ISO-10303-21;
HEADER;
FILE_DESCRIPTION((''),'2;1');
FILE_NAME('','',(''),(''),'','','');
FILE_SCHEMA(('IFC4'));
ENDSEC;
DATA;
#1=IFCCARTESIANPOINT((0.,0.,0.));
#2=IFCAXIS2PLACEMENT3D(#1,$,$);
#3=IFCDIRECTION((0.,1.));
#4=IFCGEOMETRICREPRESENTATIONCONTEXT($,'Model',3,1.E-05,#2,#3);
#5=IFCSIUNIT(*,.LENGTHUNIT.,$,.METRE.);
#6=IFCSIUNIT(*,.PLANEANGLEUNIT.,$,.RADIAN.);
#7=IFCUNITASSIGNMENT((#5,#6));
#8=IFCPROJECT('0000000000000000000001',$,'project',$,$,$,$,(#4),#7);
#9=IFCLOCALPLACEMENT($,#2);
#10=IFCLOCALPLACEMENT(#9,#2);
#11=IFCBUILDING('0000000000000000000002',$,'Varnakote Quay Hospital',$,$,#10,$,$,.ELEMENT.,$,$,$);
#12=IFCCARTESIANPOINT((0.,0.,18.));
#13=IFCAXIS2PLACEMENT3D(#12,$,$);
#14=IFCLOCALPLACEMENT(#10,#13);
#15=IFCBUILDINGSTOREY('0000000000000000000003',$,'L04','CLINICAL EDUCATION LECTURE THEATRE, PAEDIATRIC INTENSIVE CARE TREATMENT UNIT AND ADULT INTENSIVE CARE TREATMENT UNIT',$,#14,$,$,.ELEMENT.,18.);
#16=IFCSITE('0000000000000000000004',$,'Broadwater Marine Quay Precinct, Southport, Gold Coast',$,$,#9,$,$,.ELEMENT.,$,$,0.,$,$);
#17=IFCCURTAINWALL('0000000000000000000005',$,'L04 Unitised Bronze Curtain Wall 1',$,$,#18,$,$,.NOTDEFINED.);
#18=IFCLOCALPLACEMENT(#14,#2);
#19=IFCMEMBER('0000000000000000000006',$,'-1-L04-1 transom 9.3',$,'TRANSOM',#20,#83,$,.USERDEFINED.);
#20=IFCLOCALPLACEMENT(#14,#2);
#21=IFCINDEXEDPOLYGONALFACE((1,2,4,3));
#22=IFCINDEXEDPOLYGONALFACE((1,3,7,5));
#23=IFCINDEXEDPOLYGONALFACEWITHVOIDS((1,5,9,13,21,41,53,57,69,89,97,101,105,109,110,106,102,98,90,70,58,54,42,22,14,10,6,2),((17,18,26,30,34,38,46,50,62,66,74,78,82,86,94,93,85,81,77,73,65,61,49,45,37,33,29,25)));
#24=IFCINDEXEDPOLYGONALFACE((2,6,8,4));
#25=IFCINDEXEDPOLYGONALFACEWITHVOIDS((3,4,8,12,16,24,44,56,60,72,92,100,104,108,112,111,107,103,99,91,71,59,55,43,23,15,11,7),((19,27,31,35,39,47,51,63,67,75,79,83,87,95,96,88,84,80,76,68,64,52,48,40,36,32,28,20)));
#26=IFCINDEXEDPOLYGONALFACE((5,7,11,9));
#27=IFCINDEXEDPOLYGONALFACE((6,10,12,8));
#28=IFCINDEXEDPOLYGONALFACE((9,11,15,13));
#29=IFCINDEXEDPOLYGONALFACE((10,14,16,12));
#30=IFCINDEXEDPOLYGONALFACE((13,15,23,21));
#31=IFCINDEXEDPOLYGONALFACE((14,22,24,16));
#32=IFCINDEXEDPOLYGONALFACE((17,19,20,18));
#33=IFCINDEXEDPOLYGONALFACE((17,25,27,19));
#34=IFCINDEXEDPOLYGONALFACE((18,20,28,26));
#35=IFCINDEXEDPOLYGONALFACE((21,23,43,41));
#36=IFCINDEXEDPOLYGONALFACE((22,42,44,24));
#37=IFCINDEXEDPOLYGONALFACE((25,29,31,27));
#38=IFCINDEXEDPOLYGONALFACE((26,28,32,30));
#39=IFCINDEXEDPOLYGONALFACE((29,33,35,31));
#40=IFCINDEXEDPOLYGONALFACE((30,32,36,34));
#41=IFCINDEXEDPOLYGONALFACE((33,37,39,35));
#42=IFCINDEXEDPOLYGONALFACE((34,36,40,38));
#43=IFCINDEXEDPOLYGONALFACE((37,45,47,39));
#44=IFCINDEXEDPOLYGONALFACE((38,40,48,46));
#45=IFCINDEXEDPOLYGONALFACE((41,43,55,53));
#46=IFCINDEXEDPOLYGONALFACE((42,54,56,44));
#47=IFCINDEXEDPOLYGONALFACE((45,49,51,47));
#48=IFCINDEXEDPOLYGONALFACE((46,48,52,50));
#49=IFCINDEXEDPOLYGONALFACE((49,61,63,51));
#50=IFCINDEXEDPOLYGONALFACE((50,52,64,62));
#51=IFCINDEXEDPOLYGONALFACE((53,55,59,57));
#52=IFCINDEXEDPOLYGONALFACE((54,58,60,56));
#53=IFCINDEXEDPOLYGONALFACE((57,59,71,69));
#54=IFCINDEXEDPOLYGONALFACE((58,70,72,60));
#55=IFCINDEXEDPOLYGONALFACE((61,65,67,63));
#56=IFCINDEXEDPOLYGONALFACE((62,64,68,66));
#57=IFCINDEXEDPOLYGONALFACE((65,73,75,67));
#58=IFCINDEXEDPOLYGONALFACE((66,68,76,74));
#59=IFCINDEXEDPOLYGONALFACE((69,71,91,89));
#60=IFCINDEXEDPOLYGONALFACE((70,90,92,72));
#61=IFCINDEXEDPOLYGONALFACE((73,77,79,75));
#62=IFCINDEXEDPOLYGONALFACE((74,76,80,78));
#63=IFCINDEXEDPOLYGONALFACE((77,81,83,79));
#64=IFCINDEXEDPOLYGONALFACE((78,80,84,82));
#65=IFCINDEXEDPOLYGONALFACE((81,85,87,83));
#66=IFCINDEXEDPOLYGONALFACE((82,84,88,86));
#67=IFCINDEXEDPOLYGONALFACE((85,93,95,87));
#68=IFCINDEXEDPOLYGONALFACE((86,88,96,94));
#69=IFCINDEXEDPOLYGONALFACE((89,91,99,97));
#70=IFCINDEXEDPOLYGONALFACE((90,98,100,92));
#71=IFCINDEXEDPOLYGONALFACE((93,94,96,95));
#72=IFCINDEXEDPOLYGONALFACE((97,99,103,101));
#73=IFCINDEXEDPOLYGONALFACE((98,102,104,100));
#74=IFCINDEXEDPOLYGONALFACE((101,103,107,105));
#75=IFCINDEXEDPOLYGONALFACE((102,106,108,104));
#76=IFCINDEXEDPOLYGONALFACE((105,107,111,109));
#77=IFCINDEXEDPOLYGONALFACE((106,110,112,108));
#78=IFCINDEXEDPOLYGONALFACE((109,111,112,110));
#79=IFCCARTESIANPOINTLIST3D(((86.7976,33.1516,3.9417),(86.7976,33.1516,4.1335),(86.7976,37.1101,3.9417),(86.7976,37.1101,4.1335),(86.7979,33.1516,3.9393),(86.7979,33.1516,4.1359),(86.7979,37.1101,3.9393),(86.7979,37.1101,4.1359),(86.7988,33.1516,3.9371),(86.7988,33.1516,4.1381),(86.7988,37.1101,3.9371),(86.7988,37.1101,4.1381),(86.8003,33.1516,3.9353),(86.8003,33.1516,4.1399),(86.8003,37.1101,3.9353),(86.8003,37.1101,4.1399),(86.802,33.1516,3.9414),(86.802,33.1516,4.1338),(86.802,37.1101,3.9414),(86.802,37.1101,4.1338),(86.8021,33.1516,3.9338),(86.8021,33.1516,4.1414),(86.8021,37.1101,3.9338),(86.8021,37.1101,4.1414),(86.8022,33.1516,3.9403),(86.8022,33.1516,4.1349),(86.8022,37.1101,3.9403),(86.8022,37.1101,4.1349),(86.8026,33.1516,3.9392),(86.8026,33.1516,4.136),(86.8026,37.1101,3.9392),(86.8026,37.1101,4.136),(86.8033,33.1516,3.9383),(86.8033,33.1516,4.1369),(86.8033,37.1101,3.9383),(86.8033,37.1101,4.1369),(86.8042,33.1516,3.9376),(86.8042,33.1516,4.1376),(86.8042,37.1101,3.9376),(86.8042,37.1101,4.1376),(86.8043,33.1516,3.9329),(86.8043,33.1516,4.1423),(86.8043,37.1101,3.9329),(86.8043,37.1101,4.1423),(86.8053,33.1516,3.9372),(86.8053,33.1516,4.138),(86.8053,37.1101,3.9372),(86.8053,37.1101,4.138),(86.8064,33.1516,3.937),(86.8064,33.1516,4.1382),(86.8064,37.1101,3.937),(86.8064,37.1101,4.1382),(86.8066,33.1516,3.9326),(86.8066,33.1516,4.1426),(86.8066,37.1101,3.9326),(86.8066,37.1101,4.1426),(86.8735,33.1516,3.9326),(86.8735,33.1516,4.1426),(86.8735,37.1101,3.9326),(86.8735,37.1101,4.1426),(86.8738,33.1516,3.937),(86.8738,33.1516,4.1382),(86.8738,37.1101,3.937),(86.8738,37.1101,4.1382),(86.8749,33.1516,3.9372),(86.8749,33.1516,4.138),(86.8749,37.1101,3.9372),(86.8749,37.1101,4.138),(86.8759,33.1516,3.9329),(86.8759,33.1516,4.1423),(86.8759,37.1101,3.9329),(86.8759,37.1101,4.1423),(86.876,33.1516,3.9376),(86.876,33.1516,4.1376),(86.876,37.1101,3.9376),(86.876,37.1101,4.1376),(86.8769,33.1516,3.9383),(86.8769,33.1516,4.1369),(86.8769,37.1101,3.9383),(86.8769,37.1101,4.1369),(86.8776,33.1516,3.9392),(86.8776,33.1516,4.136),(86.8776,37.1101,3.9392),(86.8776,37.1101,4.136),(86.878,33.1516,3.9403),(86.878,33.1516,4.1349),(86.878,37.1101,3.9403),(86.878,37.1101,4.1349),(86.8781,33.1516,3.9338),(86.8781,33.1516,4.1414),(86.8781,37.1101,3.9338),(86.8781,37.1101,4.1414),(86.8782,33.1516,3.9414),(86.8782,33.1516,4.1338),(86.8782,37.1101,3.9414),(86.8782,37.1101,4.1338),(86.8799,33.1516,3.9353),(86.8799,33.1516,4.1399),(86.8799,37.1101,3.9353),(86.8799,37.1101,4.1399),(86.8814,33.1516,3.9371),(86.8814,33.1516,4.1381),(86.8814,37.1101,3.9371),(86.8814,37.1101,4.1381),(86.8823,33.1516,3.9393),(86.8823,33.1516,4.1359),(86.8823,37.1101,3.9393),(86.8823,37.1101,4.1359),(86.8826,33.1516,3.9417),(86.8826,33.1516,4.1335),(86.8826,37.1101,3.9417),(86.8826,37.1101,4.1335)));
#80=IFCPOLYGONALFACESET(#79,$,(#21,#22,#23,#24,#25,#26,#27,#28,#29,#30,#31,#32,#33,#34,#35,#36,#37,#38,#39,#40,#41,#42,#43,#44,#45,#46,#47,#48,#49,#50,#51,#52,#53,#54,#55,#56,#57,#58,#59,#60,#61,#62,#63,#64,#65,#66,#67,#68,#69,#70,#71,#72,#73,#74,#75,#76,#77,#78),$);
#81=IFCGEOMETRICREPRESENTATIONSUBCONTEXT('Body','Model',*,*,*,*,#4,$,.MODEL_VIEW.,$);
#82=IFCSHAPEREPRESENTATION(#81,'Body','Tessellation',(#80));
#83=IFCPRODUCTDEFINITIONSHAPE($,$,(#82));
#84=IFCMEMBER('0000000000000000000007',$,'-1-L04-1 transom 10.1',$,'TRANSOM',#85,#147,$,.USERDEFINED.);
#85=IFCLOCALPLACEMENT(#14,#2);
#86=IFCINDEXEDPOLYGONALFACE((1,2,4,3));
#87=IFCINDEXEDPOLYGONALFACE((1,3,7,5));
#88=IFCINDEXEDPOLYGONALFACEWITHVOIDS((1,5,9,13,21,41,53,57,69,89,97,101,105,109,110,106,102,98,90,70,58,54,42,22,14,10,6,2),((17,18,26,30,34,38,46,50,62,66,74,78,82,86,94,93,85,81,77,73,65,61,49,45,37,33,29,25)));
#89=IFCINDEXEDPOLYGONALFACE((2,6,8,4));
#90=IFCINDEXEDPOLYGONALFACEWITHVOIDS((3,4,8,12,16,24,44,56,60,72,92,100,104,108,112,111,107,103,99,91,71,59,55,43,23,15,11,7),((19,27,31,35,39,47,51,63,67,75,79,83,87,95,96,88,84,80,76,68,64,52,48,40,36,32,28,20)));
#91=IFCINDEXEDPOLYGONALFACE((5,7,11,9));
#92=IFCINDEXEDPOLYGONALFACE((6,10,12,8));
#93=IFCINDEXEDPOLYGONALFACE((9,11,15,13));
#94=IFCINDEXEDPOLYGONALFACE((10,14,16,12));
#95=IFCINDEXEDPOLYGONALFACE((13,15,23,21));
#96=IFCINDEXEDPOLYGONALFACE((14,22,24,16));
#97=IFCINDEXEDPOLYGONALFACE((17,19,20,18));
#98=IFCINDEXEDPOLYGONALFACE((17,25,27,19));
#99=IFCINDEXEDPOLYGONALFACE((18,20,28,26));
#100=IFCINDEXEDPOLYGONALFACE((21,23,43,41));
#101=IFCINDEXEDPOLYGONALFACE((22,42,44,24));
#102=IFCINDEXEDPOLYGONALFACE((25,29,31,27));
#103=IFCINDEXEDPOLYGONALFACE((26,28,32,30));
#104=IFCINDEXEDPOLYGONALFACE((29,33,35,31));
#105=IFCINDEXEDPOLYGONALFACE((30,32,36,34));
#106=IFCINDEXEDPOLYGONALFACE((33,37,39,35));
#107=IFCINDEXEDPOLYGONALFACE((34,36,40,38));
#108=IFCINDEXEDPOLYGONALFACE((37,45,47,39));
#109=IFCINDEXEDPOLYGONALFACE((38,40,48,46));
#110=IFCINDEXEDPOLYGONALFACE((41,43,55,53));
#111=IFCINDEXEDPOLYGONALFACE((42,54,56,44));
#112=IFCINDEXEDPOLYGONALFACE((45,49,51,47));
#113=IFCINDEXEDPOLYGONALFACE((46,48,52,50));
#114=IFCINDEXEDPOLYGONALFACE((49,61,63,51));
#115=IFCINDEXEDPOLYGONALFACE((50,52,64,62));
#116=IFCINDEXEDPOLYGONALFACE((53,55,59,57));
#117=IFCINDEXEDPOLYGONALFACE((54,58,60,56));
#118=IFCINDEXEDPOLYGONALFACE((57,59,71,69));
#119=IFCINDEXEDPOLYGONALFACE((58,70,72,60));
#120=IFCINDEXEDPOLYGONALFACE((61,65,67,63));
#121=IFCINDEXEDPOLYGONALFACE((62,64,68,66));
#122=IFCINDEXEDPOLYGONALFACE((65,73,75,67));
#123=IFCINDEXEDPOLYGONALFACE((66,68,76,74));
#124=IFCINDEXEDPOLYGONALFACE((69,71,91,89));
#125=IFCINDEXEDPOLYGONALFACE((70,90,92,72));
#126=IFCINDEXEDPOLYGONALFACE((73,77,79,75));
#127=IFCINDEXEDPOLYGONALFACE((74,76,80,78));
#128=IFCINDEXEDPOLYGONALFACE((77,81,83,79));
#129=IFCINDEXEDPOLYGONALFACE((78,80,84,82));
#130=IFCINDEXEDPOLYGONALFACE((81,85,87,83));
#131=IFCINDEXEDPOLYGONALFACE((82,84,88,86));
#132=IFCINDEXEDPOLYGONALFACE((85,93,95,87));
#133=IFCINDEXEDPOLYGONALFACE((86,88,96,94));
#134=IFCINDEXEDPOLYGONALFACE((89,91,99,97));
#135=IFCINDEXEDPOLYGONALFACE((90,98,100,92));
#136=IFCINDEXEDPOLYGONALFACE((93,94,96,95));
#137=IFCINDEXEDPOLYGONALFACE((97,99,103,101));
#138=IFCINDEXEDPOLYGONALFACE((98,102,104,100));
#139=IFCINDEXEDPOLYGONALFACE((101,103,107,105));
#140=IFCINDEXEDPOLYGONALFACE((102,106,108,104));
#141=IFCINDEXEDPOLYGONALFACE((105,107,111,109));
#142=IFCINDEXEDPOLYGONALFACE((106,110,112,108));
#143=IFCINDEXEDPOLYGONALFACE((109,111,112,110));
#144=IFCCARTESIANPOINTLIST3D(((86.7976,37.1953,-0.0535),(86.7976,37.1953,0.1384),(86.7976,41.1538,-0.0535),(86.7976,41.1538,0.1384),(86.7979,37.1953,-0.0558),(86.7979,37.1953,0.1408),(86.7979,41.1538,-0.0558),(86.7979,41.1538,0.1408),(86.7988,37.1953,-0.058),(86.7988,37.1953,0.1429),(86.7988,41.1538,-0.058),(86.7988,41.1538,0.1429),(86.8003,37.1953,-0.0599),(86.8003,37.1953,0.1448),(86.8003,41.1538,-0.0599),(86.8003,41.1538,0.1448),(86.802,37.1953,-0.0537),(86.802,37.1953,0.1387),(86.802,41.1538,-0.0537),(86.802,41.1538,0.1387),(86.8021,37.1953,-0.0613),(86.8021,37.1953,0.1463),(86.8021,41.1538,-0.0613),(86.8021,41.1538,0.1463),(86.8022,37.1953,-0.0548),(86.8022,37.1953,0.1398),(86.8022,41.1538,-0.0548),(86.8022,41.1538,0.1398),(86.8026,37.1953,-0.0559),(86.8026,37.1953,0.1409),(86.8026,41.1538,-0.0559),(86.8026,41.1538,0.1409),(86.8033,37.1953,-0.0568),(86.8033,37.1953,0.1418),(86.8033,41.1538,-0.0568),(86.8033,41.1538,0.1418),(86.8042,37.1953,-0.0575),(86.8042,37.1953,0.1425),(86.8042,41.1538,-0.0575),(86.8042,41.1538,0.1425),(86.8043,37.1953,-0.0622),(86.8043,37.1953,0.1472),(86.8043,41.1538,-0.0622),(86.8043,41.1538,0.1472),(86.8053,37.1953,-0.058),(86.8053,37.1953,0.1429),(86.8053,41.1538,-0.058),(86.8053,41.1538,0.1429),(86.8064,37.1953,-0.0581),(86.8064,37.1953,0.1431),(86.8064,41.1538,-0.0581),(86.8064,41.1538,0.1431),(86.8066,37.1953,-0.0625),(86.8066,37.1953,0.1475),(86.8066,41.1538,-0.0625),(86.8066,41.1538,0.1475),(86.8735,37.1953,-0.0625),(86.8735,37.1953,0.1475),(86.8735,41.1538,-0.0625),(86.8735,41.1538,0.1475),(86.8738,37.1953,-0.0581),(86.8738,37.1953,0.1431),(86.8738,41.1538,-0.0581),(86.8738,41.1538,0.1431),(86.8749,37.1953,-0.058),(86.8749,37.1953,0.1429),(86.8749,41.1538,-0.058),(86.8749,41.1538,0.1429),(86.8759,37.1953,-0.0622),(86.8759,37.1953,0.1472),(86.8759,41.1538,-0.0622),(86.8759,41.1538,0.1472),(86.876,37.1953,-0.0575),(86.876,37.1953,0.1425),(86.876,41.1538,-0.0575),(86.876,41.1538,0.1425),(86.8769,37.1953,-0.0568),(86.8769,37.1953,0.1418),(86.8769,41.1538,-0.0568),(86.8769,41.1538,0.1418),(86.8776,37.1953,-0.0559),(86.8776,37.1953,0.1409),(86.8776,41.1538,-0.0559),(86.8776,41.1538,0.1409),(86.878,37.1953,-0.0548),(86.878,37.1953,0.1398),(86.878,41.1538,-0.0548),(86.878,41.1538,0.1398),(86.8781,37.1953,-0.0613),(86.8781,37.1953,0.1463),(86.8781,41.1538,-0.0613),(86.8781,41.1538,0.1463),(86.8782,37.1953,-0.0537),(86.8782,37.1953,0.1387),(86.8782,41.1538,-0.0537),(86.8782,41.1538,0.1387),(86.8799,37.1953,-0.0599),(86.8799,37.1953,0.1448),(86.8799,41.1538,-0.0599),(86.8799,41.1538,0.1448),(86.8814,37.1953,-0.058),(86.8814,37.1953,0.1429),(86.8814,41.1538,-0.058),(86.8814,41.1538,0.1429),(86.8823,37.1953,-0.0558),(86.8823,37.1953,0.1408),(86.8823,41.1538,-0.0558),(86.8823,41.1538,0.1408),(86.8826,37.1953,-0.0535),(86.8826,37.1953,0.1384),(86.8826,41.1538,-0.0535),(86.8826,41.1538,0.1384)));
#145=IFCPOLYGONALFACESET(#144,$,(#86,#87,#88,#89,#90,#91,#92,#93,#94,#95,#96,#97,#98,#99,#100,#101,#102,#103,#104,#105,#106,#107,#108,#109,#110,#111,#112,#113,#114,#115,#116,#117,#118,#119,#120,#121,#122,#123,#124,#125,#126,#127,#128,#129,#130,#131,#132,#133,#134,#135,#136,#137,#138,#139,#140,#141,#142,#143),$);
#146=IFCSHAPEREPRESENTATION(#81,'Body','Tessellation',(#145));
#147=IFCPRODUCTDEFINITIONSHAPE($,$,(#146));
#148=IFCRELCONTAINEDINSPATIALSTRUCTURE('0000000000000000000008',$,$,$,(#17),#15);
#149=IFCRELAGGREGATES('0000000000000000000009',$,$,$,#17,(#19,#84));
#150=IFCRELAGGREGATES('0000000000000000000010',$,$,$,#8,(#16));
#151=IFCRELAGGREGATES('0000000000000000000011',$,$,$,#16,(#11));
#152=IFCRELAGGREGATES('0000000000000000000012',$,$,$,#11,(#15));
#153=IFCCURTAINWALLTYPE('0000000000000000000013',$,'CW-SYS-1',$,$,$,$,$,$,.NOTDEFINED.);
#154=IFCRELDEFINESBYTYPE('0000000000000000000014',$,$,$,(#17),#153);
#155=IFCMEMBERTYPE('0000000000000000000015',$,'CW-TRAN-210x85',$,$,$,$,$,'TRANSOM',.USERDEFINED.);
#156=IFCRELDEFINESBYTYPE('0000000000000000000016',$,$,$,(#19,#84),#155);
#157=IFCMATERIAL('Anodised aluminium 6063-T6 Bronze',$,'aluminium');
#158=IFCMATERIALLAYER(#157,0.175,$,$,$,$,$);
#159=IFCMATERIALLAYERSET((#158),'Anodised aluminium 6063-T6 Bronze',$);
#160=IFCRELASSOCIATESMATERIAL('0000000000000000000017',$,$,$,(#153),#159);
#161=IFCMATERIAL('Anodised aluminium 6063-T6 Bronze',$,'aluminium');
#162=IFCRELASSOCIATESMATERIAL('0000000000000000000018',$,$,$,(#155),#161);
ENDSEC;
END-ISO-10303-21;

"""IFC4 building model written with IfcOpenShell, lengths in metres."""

from ifc_helpers import new_model, si_unit, direction, frame, origin, origin_2d, place, context, subcontext, project, spatial, hollow_rectangle, extrude, material, layer, layer_set, material_profile, profile_set, type_object, element, aggregate, save


model = new_model("IFC4")

# Units and contexts
model_context = context("Model", 3, precision=1e-05, world=origin(), true_north=direction((0.0, 1.0)))
body_context = subcontext(model_context, "Body", "Model", "MODEL_VIEW")
ifc_project = project(units=[si_unit("LENGTHUNIT", "METRE"), si_unit("PLANEANGLEUNIT", "RADIAN")], contexts=[model_context])

# Site, building, storey
site_placement = place(None, origin())
site = spatial("IfcSite", under=ifc_project, at=site_placement, Name="Broadwater Marine Quay Precinct, Southport, Gold Coast", CompositionType="ELEMENT", RefElevation=0.0)
building_placement = place(site_placement, origin())
building = spatial("IfcBuilding", under=site, at=building_placement, Name="Varnakote Quay Hospital", CompositionType="ELEMENT")
storey_placement = place(building_placement, frame((0.0, 0.0, 18.0)))
storey = spatial("IfcBuildingStorey", under=building, at=storey_placement, Name="L04", Description="CLINICAL EDUCATION LECTURE THEATRE, PAEDIATRIC INTENSIVE CARE TREATMENT UNIT AND ADULT INTENSIVE CARE TREATMENT UNIT", CompositionType="ELEMENT", Elevation=18.0)

# Curtain wall, members
ifc_material_1 = material(Name="Anodised aluminium 6063-T6 Bronze", Category="aluminium")
ifc_layer_1 = layer(ifc_material_1, 0.175)
ifc_layer_set_1 = layer_set([ifc_layer_1], Name="Anodised aluminium 6063-T6 Bronze")
curtain_wall_type = type_object("IfcCurtainWallType", Name="CW-SYS-1", PredefinedType="NOTDEFINED", material=ifc_layer_set_1)
curtain_wall_placement = place(storey_placement, origin())
curtain_wall = element("IfcCurtainWall", 1, at=curtain_wall_placement, inside=storey, type_object=curtain_wall_type, Name="L04 Unitised Bronze Curtain Wall 1", PredefinedType="NOTDEFINED")
ifc_material_2 = material(Name="Anodised aluminium 6063-T6 Bronze", Category="aluminium")
ifc_material_profile_1 = material_profile(ifc_material_2, hollow_rectangle(XDim=0.085, YDim=0.21, WallThickness=0.0044, InnerFilletRadius=0.0044, OuterFilletRadius=0.009, at=origin_2d()), Name="CW-TRAN-210x85")
ifc_profile_set_1 = profile_set([ifc_material_profile_1], Name="Anodised aluminium 6063-T6 Bronze")
member_type_1 = type_object("IfcMemberType", Name="CW-TRAN-210x85", ElementType="TRANSOM", PredefinedType="USERDEFINED", material=ifc_profile_set_1)
member_1_placement = place(storey_placement, frame((86.8401, 33.1516, 4.0376), z_axis=(0.0, 1.0, 0.0), x_axis=(-1.0, 0.0, 0.0)))
member_1 = element("IfcMember", 2, at=member_1_placement, type_object=member_type_1, Name="-1-L04-1 transom 9.3", ObjectType="TRANSOM", PredefinedType="USERDEFINED", context=body_context, shape_type="SweptSolid", body=[
    extrude(hollow_rectangle(XDim=0.085, YDim=0.21, WallThickness=0.0044, InnerFilletRadius=0.0044, OuterFilletRadius=0.009, at=origin_2d()), origin(), (0.0, 0.0, 1.0), 3.9585),
])
member_2_placement = place(storey_placement, frame((86.8401, 37.1953, 0.0425), z_axis=(0.0, 1.0, 0.0), x_axis=(-1.0, 0.0, 0.0)))
member_2 = element("IfcMember", 3, at=member_2_placement, type_object=member_type_1, Name="-1-L04-1 transom 10.1", ObjectType="TRANSOM", PredefinedType="USERDEFINED", context=body_context, shape_type="SweptSolid", body=[
    extrude(hollow_rectangle(XDim=0.085, YDim=0.21, WallThickness=0.0044, InnerFilletRadius=0.0044, OuterFilletRadius=0.009, at=origin_2d()), origin(), (0.0, 0.0, 1.0), 3.9585),
])

aggregate(curtain_wall, [member_1, member_2])

save(model, "model.ifc")
